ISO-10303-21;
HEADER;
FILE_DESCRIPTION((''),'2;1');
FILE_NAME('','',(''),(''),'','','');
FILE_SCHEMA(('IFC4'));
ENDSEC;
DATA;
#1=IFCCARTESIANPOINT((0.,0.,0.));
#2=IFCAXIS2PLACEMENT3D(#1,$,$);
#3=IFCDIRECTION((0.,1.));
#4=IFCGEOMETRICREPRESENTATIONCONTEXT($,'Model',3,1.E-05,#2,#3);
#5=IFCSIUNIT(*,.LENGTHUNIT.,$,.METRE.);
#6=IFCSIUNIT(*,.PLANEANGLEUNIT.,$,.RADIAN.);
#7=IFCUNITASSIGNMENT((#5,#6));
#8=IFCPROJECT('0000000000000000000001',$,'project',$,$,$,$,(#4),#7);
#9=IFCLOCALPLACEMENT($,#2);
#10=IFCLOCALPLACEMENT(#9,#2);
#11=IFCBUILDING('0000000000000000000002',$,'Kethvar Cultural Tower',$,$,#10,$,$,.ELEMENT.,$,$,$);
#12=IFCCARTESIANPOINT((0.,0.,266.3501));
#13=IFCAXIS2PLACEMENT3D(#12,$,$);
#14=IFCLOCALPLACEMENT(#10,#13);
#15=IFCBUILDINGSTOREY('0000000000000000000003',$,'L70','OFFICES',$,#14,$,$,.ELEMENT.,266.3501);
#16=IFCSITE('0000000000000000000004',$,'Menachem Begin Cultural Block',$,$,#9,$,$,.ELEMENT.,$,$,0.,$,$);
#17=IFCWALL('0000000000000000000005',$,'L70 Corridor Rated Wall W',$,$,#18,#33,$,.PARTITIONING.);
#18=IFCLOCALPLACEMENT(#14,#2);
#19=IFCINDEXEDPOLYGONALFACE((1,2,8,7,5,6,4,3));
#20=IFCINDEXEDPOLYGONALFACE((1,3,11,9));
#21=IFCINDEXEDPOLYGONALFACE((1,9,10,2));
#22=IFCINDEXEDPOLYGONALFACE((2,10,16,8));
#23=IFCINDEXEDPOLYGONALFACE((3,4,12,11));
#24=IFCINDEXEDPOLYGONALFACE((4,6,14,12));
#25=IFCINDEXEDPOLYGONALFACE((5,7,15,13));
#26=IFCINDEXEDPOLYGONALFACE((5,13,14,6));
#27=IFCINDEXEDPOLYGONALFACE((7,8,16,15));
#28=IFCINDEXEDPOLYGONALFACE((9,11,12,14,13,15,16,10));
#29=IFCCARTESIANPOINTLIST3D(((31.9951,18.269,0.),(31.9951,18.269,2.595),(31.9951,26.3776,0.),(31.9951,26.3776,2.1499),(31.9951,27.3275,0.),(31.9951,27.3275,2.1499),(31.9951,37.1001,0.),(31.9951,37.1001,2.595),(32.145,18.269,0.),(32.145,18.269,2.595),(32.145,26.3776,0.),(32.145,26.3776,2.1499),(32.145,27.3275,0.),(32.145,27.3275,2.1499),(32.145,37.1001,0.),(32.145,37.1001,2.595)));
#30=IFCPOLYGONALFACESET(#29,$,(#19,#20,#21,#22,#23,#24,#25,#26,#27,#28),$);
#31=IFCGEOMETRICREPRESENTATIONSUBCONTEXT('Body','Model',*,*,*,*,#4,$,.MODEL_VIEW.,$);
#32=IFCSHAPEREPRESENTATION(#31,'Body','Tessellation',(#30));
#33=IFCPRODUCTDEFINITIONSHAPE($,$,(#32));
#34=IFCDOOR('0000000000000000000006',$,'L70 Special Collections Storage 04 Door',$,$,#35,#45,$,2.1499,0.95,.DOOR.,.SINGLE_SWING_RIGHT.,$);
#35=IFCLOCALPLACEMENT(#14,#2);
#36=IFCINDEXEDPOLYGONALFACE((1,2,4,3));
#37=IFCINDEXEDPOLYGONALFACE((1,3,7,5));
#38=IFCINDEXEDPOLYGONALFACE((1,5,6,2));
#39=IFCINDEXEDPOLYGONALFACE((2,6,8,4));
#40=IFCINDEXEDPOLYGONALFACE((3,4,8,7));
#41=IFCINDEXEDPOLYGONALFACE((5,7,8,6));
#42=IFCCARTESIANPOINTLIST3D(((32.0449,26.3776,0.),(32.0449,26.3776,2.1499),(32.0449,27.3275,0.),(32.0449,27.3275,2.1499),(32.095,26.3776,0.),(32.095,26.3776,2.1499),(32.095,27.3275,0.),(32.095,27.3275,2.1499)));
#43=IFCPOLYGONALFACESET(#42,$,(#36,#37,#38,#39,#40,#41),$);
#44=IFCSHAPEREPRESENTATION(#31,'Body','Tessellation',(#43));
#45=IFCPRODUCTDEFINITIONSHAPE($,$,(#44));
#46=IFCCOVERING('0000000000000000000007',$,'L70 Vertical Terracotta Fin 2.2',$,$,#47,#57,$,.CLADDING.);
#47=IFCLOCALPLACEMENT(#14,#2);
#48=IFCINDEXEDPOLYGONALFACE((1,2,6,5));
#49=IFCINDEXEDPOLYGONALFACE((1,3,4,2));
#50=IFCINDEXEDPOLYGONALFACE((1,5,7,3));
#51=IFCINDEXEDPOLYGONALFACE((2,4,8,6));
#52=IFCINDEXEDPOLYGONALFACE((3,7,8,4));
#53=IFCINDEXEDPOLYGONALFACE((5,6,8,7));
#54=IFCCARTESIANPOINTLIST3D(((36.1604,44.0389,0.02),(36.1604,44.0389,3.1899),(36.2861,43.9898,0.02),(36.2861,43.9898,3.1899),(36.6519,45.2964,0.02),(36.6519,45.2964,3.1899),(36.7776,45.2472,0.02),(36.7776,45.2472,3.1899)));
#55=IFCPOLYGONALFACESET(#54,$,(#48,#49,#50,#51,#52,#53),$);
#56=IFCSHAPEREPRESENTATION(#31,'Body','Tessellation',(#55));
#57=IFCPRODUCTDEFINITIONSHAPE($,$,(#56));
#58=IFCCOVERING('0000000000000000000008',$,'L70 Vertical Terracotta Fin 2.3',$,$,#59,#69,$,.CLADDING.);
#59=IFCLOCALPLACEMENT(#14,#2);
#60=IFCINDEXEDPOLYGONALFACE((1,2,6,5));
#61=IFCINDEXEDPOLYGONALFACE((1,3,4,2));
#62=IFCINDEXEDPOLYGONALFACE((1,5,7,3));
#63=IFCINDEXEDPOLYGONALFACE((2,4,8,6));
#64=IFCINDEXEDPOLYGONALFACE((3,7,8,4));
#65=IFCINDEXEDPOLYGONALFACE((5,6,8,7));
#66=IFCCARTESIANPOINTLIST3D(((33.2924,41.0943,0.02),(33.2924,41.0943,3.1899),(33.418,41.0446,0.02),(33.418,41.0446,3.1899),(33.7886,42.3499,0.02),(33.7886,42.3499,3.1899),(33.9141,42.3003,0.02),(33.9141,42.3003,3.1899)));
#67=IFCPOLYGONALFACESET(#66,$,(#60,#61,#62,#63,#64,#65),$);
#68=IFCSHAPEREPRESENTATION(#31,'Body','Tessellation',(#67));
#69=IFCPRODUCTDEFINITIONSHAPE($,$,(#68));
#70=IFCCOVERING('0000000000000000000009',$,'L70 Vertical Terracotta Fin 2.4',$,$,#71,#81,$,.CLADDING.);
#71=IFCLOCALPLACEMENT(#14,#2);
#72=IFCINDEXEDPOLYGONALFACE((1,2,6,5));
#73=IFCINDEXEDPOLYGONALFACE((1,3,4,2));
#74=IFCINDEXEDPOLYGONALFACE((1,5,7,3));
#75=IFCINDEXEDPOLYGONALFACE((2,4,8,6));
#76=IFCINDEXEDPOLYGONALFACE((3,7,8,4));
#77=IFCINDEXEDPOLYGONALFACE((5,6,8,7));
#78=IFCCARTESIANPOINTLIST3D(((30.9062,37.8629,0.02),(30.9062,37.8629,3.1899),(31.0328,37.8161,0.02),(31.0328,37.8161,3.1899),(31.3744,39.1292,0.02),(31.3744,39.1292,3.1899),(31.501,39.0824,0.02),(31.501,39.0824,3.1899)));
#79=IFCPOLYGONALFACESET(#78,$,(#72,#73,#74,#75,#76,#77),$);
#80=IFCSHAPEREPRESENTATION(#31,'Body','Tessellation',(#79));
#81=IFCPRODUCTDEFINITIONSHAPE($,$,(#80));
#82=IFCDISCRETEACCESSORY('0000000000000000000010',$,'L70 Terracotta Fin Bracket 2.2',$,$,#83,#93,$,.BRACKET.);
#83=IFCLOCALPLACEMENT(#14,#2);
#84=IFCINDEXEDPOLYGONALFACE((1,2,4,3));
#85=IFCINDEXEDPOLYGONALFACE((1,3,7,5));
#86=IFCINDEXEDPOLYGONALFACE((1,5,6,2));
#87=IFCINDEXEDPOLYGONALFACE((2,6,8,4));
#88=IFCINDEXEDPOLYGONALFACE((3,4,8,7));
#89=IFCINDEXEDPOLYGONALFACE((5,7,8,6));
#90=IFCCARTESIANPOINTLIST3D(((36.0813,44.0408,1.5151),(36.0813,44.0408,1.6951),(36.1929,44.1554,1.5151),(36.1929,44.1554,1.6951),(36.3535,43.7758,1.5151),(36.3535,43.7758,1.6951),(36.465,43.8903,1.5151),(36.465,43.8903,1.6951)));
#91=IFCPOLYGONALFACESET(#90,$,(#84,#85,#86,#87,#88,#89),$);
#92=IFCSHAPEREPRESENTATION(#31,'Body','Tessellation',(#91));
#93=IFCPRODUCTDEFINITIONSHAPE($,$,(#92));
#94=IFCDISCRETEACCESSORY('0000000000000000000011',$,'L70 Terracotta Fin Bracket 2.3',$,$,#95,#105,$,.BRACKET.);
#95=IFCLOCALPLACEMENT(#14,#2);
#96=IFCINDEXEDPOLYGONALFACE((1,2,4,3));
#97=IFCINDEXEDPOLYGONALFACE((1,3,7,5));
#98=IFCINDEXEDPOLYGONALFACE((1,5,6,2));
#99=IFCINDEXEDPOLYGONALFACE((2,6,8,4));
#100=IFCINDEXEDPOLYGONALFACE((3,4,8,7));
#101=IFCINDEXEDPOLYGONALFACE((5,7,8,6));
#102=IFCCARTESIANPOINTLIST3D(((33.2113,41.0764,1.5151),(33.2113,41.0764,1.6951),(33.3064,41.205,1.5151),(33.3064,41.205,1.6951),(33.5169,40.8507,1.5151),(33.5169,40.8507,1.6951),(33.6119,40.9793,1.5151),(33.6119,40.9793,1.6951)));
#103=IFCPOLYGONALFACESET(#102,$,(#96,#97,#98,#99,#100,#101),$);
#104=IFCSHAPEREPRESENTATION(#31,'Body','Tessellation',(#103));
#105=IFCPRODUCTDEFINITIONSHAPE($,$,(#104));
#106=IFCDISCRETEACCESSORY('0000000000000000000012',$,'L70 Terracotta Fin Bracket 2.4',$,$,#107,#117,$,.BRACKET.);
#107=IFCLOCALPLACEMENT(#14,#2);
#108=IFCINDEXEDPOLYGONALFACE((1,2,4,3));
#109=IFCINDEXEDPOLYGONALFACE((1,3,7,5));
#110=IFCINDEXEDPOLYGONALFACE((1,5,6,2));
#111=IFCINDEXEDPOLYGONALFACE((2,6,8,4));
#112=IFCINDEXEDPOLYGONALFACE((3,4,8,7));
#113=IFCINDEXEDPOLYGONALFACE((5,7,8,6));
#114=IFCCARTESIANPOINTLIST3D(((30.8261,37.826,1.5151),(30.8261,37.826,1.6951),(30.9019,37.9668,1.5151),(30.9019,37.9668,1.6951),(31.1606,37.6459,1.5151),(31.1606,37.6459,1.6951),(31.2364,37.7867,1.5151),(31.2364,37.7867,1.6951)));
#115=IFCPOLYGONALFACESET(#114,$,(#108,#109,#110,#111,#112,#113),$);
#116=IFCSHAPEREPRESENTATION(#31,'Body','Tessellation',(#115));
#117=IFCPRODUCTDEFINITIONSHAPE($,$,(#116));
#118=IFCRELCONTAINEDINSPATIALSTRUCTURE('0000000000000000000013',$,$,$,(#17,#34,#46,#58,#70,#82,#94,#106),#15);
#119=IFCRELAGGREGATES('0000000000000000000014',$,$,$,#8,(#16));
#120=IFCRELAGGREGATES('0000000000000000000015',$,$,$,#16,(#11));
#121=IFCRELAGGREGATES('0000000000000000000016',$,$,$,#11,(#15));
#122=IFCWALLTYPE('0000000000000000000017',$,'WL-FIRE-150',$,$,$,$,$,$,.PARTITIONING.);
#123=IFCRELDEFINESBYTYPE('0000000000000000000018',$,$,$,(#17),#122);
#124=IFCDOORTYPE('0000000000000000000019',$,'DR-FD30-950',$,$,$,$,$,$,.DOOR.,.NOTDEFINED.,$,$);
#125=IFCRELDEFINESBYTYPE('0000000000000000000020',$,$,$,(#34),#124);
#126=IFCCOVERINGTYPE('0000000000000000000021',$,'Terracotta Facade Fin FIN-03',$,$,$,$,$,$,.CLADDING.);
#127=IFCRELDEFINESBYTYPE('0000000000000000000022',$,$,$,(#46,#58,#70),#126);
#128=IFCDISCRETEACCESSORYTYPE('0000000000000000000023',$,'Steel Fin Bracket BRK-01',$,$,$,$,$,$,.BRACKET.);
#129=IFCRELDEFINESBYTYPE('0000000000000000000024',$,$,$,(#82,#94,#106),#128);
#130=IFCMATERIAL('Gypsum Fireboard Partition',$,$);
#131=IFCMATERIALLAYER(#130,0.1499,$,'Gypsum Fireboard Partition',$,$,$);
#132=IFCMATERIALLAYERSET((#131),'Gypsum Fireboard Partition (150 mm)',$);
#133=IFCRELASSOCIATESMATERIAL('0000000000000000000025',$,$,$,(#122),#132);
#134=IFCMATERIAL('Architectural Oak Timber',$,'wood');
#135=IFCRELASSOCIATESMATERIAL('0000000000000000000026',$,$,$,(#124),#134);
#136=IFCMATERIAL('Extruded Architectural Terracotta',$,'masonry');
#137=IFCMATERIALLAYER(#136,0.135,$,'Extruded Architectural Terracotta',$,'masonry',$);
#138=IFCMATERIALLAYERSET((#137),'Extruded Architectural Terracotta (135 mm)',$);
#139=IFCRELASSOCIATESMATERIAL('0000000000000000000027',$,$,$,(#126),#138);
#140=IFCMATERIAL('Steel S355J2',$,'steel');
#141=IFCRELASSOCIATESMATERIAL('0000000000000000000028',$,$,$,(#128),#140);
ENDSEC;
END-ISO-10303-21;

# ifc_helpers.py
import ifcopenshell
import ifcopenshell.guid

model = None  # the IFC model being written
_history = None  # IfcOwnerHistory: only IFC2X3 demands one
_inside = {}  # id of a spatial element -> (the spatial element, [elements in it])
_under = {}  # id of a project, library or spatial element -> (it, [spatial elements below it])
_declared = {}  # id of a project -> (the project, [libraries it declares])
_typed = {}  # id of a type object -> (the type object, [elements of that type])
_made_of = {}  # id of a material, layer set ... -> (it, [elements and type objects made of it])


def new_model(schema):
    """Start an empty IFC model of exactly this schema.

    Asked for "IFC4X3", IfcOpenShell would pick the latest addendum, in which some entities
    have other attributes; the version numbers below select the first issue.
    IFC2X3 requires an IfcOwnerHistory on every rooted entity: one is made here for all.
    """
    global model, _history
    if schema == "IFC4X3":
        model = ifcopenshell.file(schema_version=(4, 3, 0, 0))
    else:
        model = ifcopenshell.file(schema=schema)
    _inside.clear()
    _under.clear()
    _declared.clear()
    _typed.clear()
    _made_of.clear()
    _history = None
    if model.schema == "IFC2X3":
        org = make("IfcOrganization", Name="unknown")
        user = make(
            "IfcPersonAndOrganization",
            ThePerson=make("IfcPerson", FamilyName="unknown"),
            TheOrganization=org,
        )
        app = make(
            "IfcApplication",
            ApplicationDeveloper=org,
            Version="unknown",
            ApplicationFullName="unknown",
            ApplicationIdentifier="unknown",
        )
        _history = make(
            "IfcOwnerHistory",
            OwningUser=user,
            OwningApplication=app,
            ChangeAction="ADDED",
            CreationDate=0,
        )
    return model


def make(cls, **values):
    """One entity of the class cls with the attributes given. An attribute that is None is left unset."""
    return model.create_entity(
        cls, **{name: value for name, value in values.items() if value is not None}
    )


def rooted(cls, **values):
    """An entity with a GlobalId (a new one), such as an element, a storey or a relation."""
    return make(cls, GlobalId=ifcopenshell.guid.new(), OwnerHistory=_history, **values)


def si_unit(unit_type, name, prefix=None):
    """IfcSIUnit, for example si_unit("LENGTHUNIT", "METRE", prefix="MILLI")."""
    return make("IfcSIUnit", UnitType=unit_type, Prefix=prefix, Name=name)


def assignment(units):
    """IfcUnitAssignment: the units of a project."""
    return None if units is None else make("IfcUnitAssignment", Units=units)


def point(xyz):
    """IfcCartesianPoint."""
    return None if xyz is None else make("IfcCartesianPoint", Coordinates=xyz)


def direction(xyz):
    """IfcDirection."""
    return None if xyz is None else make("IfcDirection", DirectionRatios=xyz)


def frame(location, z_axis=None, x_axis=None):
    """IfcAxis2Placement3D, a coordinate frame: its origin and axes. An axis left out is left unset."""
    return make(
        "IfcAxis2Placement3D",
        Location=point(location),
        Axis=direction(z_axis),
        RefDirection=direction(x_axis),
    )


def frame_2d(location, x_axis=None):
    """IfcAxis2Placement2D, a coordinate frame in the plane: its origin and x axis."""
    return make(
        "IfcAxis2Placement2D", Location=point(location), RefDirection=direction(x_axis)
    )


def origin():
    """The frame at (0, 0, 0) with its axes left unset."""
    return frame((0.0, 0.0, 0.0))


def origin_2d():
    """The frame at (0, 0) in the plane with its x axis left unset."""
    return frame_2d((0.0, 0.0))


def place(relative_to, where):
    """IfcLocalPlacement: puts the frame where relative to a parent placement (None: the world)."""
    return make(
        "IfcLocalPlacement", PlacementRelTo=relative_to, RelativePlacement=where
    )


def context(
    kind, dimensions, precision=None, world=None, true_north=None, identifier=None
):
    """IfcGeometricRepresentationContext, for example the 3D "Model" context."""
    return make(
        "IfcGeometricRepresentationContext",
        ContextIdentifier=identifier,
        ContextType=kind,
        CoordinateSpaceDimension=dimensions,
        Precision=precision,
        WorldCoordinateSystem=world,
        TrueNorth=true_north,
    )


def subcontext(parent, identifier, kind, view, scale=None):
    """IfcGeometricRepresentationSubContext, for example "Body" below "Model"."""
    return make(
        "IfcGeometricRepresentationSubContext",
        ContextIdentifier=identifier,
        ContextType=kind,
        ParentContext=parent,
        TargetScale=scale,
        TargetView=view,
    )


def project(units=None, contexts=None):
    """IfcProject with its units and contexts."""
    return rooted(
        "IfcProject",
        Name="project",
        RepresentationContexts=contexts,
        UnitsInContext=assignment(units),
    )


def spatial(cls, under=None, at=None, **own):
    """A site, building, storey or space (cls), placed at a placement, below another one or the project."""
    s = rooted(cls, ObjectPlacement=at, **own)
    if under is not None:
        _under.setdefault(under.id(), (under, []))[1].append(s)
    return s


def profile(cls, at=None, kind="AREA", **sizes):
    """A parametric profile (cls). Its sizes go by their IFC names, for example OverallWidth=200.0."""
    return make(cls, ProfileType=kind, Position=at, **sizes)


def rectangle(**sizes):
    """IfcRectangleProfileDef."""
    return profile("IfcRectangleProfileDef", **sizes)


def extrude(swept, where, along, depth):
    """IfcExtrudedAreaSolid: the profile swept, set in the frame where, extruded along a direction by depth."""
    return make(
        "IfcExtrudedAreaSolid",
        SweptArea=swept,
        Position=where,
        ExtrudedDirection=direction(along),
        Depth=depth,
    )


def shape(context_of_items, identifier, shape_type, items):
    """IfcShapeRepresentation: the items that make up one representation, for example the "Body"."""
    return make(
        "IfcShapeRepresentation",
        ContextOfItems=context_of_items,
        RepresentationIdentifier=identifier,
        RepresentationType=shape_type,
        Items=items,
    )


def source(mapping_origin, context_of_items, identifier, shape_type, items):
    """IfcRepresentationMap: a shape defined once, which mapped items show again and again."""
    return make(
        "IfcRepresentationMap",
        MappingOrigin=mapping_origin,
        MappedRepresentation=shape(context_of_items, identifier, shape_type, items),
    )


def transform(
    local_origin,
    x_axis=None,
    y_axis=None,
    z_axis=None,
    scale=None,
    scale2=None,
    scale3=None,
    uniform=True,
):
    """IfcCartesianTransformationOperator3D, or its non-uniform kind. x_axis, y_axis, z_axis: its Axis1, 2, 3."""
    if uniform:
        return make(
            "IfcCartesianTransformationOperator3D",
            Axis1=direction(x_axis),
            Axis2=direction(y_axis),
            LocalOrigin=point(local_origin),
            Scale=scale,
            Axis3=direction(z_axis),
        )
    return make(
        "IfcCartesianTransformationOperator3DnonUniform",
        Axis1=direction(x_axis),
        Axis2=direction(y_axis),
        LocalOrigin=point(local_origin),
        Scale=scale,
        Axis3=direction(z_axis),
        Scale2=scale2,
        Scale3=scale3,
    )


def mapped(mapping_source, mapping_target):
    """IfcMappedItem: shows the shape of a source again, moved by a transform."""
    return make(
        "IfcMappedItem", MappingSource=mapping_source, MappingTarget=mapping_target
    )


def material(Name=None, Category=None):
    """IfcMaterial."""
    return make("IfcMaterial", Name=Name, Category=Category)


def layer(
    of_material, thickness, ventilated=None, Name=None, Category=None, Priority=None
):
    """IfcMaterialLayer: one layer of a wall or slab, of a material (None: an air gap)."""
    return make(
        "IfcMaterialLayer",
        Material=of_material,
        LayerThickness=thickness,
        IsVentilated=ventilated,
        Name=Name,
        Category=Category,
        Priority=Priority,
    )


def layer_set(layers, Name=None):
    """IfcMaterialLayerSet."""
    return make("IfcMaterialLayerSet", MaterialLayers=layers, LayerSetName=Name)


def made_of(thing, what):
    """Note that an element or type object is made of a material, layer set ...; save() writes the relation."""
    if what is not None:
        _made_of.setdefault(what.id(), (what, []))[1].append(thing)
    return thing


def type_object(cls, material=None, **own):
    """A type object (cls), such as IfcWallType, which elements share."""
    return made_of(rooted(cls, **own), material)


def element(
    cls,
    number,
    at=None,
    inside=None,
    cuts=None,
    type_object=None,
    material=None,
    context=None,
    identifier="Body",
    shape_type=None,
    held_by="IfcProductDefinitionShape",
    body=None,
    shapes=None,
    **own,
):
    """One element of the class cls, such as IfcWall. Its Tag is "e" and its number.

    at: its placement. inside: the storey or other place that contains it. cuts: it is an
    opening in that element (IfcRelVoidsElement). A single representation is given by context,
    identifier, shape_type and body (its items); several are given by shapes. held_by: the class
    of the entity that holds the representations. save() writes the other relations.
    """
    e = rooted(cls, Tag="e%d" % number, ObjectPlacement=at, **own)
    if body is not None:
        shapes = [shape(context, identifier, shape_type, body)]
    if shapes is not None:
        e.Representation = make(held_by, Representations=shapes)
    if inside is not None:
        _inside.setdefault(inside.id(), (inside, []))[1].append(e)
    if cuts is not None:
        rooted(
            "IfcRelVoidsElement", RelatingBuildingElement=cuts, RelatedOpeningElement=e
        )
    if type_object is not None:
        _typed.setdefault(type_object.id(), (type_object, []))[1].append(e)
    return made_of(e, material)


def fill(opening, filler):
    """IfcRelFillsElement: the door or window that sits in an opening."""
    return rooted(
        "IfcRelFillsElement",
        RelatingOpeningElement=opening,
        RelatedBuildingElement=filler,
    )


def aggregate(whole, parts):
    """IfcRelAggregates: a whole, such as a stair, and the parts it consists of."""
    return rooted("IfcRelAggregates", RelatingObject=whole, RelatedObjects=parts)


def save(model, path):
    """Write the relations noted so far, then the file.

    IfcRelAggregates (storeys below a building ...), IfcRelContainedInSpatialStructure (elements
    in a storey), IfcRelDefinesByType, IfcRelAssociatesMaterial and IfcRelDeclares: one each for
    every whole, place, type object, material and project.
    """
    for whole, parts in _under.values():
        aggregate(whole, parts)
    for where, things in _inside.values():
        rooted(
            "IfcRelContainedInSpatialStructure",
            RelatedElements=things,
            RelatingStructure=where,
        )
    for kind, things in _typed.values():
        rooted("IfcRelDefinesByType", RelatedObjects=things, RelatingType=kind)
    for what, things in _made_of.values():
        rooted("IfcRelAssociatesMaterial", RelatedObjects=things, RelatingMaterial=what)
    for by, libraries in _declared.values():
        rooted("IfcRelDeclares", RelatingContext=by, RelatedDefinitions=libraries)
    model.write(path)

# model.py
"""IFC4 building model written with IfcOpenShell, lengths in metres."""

from ifc_helpers import new_model, si_unit, direction, frame, frame_2d, origin, origin_2d, place, context, subcontext, project, spatial, rectangle, extrude, source, transform, mapped, material, layer, layer_set, type_object, element, fill, save


model = new_model("IFC4")

# Units and contexts
model_context = context("Model", 3, precision=1e-05, world=origin(), true_north=direction((0.0, 1.0)))
body_context = subcontext(model_context, "Body", "Model", "MODEL_VIEW")
ifc_project = project(units=[si_unit("LENGTHUNIT", "METRE"), si_unit("PLANEANGLEUNIT", "RADIAN")], contexts=[model_context])

# Site, building, storey
site_placement = place(None, origin())
site = spatial("IfcSite", under=ifc_project, at=site_placement, Name="Menachem Begin Cultural Block", CompositionType="ELEMENT", RefElevation=0.0)
building_placement = place(site_placement, origin())
building = spatial("IfcBuilding", under=site, at=building_placement, Name="Kethvar Cultural Tower", CompositionType="ELEMENT")
storey_placement = place(building_placement, frame((0.0, 0.0, 266.3501)))
storey = spatial("IfcBuildingStorey", under=building, at=storey_placement, Name="L70", Description="OFFICES", CompositionType="ELEMENT", Elevation=266.3501)

# Shared definitions
ifc_material_1 = material(Name="Steel S355J2", Category="steel")

# Wall, opening, door
ifc_material_2 = material(Name="Gypsum Fireboard Partition")
ifc_layer_1 = layer(ifc_material_2, 0.1499, Name="Gypsum Fireboard Partition")
ifc_layer_set_1 = layer_set([ifc_layer_1], Name="Gypsum Fireboard Partition (150 mm)")
wall_type = type_object("IfcWallType", Name="WL-FIRE-150", PredefinedType="PARTITIONING", material=ifc_layer_set_1)
wall_placement = place(storey_placement, frame((32.0701, 37.1001, 0.0), z_axis=(0.0, 0.0, 1.0), x_axis=(0.0, -1.0, 0.0)))
wall = element("IfcWall", 1, at=wall_placement, inside=storey, type_object=wall_type, Name="L70 Corridor Rated Wall W", PredefinedType="PARTITIONING", context=body_context, shape_type="SweptSolid", body=[
    extrude(rectangle(XDim=18.8311, YDim=0.1499, at=frame_2d((9.4155, 0.0))), origin(), (0.0, 0.0, 1.0), 2.595),
])
opening_placement = place(wall_placement, frame((9.7725, 0.0, 0.0)))
opening = element("IfcOpeningElement", 2, at=opening_placement, cuts=wall, PredefinedType="OPENING", context=body_context, shape_type="SweptSolid", body=[
    extrude(rectangle(XDim=0.95, YDim=2.1499, at=frame_2d((0.4751, 1.075))), frame((0.0, 0.085, 0.0), z_axis=(0.0, -1.0, 0.0), x_axis=(1.0, 0.0, 0.0)), (0.0, 0.0, 1.0), 0.1699),
])
ifc_material_3 = material(Name="Architectural Oak Timber", Category="wood")
door_type = type_object("IfcDoorType", Name="DR-FD30-950", OperationType="NOTDEFINED", PredefinedType="DOOR", material=ifc_material_3)
shared_shape_1 = source(origin(), body_context, "Body", "SweptSolid", [
    extrude(rectangle(XDim=0.95, YDim=2.1499, at=frame_2d((0.4751, 1.075))), frame((0.0, 0.0249, 0.0), z_axis=(0.0, -1.0, 0.0), x_axis=(1.0, 0.0, 0.0)), (0.0, 0.0, 1.0), 0.05),
])
door_placement = place(opening_placement, origin())
door = element("IfcDoor", 3, at=door_placement, inside=storey, type_object=door_type, Name="L70 Special Collections Storage 04 Door", OperationType="SINGLE_SWING_RIGHT", OverallHeight=2.1499, OverallWidth=0.95, PredefinedType="DOOR", context=body_context, shape_type="MappedRepresentation", body=[
    mapped(shared_shape_1, transform((0.0, 0.0, 0.0), scale=1.0)),
])
fill(opening, door)

# Coverings
ifc_material_4 = material(Name="Extruded Architectural Terracotta", Category="masonry")
ifc_layer_2 = layer(ifc_material_4, 0.135, Name="Extruded Architectural Terracotta", Category="masonry")
ifc_layer_set_2 = layer_set([ifc_layer_2], Name="Extruded Architectural Terracotta (135 mm)")
covering_type = type_object("IfcCoveringType", Name="Terracotta Facade Fin FIN-03", PredefinedType="CLADDING", material=ifc_layer_set_2)
shared_shape_2 = source(origin(), body_context, "Body", "SweptSolid", [
    extrude(rectangle(XDim=1.3501, YDim=0.135, at=origin_2d()), origin(), (0.0, 0.0, 1.0), 3.1699),
])
for number, where, z_axis, x_axis, name in (
    (4, (36.469, 44.6431, 0.02), (0.0, 0.0, 1.0), (0.364064, 0.931374, 0.0), "L70 Vertical Terracotta Fin 2.2"),
    (5, (33.6033, 41.6973, 0.02), (0.0, 0.0, 1.0), (0.367475, 0.930033, 0.0), "L70 Vertical Terracotta Fin 2.3"),
    (6, (31.2036, 38.4727, 0.02), (0.0, 0.0, 1.0), (0.346772, 0.937949, 0.0), "L70 Vertical Terracotta Fin 2.4"),
):
    element("IfcCovering", number, at=place(storey_placement, frame(where, z_axis=z_axis, x_axis=x_axis)), inside=storey, type_object=covering_type, Name=name, PredefinedType="CLADDING", context=body_context, shape_type="MappedRepresentation", body=[
        mapped(shared_shape_2, transform((0.0, 0.0, 0.0), scale=1.0)),
    ])

# Discrete accessories
discrete_accessory_type = type_object("IfcDiscreteAccessoryType", Name="Steel Fin Bracket BRK-01", PredefinedType="BRACKET", material=ifc_material_1)
shared_shape_3 = source(origin(), body_context, "Body", "SweptSolid", [
    extrude(rectangle(XDim=0.3799, YDim=0.1599, at=origin_2d()), origin(), (0.0, 0.0, 1.0), 0.1799),
])
for number, where, z_axis, x_axis, name in (
    (7, (36.2732, 43.9656, 1.5151), (0.0, 0.0, 1.0), (-0.716302, 0.69779, 0.0), "L70 Terracotta Fin Bracket 2.2"),
    (8, (33.4116, 41.0278, 1.5151), (0.0, 0.0, 1.0), (-0.804272, 0.594261, 0.0), "L70 Terracotta Fin Bracket 2.3"),
    (9, (31.0312, 37.8064, 1.5151), (0.0, 0.0, 1.0), (-0.880477, 0.474088, 0.0), "L70 Terracotta Fin Bracket 2.4"),
):
    element("IfcDiscreteAccessory", number, at=place(storey_placement, frame(where, z_axis=z_axis, x_axis=x_axis)), inside=storey, type_object=discrete_accessory_type, Name=name, PredefinedType="BRACKET", context=body_context, shape_type="MappedRepresentation", body=[
        mapped(shared_shape_3, transform((0.0, 0.0, 0.0), scale=1.0)),
    ])

save(model, "model.ifc")
